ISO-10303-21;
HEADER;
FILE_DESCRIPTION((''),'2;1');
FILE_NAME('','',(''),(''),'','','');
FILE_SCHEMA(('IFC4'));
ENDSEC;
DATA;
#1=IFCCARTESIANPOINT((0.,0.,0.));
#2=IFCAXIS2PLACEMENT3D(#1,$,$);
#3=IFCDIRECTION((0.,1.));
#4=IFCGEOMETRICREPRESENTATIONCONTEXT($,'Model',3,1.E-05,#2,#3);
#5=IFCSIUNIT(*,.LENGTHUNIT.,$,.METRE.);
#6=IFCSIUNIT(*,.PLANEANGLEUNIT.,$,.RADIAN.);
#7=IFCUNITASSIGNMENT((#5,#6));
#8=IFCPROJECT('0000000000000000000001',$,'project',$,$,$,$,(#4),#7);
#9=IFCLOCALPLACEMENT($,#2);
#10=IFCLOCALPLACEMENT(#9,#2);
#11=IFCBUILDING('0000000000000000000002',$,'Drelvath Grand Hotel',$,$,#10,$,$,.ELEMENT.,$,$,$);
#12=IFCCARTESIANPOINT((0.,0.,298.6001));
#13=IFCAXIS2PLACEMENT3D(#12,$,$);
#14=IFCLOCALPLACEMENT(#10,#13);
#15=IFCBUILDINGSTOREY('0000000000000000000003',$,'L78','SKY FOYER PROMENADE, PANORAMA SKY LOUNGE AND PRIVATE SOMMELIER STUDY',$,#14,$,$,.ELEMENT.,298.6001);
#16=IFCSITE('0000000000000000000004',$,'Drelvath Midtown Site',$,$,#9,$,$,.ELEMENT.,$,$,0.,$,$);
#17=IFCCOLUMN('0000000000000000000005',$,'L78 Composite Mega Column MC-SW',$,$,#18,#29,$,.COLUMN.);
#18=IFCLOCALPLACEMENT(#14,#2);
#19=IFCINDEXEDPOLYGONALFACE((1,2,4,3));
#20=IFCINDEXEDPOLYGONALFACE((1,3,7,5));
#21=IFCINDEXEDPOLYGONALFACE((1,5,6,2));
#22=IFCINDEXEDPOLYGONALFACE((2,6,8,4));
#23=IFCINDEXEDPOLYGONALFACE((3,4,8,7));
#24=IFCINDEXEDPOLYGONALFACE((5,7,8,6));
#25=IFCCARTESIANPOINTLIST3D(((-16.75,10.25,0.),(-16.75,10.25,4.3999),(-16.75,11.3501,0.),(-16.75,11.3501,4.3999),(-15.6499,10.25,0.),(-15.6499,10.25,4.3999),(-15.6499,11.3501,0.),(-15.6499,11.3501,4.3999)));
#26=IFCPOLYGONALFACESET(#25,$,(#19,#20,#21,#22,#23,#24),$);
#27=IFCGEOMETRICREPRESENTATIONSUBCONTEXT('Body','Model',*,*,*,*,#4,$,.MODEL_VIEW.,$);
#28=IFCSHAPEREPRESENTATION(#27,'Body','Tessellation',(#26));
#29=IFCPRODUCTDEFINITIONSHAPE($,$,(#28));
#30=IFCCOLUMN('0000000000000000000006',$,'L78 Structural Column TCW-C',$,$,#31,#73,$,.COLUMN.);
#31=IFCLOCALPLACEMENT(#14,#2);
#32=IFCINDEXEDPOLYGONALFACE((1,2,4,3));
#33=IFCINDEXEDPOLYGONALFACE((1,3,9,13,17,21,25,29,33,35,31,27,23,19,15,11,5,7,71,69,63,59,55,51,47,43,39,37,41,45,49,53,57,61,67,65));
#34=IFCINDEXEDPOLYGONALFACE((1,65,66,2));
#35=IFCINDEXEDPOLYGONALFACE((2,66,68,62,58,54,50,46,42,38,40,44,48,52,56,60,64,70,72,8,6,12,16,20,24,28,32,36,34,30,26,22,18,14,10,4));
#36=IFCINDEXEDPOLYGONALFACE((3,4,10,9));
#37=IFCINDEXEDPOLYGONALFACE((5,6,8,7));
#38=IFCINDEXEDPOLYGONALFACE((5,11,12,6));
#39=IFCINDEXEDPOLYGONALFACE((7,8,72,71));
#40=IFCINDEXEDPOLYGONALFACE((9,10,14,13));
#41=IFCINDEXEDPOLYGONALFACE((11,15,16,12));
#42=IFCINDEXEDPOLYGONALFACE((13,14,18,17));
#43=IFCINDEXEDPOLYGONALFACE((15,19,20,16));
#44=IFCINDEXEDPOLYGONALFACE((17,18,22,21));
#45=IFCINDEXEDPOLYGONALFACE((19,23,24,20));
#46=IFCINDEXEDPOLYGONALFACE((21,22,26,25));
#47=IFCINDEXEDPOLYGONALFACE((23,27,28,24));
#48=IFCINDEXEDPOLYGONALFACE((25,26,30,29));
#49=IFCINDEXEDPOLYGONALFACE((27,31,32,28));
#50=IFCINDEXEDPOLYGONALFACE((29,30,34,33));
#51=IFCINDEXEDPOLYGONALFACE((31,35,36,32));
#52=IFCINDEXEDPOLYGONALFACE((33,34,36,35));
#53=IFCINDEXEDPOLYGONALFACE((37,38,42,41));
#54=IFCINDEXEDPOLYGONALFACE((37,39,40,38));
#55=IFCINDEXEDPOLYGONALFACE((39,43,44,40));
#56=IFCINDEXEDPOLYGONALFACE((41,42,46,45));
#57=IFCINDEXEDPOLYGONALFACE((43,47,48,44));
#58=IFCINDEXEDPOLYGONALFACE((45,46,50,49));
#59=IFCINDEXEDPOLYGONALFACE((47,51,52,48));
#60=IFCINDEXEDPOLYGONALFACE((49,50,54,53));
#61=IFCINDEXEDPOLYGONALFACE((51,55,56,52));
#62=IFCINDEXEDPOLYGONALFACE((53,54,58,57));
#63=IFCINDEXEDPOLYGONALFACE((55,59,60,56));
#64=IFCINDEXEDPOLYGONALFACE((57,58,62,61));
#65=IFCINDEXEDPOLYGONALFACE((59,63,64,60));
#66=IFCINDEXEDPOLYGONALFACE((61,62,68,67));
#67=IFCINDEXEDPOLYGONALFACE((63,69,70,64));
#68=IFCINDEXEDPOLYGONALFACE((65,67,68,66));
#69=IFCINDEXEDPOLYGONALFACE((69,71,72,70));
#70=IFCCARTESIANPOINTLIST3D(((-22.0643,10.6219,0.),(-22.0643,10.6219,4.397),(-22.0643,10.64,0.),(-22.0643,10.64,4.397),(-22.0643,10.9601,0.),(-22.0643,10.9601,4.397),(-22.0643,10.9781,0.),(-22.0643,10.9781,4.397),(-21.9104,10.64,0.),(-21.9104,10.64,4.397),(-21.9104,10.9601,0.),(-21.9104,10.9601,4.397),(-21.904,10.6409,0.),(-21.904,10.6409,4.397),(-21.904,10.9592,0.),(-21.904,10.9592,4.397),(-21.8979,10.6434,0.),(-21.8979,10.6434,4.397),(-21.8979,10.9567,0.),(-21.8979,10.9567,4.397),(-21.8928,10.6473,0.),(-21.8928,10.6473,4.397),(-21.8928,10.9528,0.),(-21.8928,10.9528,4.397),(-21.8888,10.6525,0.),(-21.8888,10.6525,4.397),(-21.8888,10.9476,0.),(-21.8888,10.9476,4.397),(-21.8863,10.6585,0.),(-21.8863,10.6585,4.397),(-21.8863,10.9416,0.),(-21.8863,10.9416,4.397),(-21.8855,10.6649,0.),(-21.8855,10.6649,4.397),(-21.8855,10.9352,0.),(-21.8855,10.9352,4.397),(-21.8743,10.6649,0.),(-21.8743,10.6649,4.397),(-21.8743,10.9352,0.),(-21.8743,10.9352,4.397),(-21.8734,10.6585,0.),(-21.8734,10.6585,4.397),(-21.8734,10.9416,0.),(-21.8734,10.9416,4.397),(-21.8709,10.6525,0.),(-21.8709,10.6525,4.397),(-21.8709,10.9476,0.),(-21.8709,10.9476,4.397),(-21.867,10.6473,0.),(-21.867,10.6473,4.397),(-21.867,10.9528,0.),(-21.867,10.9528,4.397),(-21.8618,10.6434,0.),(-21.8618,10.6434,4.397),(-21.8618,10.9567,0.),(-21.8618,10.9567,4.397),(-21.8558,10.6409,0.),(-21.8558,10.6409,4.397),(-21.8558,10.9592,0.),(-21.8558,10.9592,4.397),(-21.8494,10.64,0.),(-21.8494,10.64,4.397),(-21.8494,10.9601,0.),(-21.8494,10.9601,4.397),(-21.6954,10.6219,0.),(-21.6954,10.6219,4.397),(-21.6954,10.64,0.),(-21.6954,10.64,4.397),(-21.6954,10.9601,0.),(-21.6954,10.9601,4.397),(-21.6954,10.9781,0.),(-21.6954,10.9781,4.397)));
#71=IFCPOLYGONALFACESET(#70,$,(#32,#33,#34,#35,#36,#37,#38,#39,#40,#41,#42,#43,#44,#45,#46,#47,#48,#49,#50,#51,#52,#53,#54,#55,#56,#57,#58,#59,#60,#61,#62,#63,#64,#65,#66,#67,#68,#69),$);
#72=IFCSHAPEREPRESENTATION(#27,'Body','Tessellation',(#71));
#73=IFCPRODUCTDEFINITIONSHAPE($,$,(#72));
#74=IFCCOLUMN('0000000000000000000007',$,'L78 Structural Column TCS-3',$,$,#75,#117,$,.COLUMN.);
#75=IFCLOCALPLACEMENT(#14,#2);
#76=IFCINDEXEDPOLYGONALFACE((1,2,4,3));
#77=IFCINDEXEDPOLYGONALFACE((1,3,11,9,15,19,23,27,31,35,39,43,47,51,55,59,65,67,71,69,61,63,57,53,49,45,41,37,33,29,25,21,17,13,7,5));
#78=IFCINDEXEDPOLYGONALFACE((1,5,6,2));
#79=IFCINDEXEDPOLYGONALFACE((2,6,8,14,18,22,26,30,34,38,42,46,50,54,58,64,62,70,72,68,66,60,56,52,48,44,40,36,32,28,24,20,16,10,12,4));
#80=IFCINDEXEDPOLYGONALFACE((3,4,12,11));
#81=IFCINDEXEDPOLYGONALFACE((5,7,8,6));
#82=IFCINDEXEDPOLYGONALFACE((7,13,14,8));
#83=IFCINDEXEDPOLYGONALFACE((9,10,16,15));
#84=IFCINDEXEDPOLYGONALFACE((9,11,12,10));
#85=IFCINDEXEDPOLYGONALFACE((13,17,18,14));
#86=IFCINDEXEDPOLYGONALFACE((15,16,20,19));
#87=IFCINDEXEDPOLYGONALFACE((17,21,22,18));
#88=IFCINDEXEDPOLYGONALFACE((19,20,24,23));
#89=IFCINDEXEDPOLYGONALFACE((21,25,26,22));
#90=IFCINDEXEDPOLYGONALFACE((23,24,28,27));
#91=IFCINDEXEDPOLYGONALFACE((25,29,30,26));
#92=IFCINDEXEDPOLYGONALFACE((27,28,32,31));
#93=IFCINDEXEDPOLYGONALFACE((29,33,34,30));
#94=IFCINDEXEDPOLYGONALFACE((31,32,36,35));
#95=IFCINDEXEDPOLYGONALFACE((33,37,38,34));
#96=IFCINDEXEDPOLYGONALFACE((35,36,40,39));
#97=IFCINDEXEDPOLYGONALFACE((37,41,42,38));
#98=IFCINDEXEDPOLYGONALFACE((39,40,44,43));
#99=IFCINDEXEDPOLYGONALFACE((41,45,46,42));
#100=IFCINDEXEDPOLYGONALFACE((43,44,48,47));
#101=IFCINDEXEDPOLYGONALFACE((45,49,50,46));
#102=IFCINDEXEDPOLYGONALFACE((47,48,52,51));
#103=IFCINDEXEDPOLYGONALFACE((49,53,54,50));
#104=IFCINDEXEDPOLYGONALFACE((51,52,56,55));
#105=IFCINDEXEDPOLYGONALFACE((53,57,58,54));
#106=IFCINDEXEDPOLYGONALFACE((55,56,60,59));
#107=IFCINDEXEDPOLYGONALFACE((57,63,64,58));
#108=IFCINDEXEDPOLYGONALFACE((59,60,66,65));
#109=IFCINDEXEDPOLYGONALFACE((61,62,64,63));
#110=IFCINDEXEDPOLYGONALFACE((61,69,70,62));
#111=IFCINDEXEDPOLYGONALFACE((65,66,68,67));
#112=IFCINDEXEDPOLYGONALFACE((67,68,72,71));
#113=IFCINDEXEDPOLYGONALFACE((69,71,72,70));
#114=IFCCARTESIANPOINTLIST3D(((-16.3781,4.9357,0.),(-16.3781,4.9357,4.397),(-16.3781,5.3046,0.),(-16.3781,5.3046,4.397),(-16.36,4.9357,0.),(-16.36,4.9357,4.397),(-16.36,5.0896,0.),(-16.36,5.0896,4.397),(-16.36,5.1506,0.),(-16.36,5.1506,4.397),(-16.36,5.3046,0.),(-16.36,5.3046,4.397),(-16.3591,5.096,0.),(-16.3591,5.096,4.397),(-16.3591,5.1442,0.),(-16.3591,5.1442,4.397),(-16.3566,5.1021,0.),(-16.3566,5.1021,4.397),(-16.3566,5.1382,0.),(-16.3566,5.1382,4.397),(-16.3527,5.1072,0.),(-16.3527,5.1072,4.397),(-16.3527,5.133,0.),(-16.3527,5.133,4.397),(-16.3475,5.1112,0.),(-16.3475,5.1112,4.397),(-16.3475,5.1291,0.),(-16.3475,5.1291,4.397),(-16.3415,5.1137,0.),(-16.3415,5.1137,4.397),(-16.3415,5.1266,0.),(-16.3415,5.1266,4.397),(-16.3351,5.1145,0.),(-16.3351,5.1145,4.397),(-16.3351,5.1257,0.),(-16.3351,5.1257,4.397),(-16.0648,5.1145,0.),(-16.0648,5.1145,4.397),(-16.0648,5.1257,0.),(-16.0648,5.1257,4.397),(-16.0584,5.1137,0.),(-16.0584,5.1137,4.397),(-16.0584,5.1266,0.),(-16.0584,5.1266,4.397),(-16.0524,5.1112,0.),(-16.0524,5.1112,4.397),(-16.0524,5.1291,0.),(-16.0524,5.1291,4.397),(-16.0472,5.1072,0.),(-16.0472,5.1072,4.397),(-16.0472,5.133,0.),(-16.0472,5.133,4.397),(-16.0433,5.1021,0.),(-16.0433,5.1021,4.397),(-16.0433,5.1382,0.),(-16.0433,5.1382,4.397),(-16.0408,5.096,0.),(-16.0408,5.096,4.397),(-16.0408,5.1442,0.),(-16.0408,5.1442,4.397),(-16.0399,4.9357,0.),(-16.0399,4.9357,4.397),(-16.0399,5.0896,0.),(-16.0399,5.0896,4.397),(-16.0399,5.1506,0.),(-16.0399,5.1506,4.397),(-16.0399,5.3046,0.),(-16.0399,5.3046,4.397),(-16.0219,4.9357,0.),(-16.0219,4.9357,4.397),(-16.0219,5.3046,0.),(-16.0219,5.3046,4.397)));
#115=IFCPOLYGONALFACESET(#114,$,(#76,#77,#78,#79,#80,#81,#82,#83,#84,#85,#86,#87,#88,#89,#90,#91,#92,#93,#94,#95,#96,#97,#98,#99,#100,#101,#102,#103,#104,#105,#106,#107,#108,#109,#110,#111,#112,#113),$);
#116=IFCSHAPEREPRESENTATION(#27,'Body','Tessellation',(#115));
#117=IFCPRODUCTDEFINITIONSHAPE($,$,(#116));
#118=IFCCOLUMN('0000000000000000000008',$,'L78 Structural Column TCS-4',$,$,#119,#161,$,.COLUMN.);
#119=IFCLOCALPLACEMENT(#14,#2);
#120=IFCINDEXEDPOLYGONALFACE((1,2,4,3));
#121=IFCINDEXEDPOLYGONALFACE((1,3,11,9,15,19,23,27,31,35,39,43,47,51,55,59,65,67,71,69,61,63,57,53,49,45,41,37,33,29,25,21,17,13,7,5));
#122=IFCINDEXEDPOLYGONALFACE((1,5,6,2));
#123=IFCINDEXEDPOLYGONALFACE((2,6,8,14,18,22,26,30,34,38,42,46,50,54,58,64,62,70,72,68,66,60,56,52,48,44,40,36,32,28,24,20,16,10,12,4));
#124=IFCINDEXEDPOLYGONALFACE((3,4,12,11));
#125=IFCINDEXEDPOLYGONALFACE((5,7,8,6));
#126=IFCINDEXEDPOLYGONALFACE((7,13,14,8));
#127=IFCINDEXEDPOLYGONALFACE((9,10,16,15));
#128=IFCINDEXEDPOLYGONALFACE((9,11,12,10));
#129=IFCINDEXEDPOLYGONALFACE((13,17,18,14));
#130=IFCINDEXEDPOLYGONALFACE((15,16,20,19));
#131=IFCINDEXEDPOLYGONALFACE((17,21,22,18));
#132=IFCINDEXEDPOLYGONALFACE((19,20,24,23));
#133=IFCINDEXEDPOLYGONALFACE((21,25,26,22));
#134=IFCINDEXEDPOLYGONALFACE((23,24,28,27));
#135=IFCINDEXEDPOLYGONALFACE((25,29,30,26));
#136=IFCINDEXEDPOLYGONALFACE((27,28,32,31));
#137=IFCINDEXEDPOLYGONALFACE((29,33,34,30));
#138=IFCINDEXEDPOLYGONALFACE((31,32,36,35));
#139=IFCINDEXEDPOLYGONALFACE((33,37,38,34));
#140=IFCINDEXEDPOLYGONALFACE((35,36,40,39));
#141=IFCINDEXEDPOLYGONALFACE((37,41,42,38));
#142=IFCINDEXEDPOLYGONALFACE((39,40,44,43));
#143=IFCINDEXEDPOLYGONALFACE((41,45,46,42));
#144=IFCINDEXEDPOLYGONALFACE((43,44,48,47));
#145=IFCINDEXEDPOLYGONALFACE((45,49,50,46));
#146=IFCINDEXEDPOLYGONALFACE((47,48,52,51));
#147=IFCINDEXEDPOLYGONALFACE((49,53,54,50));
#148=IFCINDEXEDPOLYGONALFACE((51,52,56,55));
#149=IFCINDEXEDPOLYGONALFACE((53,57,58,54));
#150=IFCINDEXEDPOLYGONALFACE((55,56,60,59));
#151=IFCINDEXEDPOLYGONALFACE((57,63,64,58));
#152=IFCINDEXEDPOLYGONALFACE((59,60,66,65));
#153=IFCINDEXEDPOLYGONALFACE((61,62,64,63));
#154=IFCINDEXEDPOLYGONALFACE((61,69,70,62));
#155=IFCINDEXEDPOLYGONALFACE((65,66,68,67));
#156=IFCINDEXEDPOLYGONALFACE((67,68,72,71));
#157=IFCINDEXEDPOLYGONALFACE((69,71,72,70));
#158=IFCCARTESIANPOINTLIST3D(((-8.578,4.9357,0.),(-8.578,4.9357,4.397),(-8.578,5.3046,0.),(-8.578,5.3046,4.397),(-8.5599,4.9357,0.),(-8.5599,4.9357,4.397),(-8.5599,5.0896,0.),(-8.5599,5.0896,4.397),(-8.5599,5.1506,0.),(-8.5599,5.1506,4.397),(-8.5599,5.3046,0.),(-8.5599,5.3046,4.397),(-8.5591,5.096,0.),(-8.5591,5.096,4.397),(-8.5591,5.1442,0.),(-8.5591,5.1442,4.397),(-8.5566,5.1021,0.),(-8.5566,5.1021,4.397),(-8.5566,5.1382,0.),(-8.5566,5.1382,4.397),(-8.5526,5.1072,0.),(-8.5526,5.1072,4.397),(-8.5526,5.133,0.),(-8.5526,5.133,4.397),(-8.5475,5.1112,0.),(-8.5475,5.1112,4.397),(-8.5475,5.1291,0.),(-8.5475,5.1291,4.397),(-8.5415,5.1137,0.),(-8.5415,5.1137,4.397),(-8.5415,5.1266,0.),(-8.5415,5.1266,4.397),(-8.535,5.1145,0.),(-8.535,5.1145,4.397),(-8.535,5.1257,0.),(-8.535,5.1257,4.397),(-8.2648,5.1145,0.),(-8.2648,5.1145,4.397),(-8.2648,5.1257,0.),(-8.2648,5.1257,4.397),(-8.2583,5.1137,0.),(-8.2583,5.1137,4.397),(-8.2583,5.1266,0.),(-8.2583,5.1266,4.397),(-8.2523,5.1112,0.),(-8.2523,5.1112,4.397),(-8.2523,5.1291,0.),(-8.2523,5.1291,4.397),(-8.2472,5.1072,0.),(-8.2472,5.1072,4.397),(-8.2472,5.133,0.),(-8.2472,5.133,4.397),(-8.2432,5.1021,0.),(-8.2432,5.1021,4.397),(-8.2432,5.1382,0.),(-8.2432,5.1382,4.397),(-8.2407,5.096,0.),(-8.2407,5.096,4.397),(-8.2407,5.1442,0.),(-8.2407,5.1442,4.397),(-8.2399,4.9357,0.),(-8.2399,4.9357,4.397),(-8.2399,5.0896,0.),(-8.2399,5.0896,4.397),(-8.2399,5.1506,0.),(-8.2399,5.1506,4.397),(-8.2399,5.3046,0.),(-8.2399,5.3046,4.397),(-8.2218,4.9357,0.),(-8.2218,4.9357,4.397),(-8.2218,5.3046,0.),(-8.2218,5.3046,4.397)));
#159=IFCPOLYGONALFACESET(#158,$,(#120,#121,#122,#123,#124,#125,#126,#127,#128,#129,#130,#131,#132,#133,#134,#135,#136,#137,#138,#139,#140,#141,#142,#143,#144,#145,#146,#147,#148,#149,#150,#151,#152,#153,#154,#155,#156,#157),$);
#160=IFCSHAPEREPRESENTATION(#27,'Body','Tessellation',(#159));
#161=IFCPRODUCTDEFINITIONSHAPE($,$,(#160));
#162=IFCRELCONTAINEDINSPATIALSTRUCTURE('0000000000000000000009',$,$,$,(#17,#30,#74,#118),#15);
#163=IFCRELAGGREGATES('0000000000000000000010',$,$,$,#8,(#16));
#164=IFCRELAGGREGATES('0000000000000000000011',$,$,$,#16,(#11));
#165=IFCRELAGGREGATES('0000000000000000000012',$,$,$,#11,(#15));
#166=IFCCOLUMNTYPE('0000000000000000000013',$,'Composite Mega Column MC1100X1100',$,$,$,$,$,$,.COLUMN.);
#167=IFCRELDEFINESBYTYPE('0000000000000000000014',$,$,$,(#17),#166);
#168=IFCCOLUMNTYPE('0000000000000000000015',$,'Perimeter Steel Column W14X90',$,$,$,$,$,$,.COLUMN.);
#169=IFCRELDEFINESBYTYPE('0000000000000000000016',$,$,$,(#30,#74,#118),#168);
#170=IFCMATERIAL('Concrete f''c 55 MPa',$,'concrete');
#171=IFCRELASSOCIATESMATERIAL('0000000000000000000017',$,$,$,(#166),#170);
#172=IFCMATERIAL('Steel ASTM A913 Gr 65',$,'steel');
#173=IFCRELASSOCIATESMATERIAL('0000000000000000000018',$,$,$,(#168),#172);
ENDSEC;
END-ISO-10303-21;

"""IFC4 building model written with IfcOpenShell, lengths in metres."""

from ifc_helpers import new_model, si_unit, direction, frame, origin, origin_2d, place, context, subcontext, project, spatial, rectangle, i_section, extrude, material, material_profile, profile_set, type_object, element, save


model = new_model("IFC4")

# Units and contexts
model_context = context("Model", 3, precision=1e-05, world=origin(), true_north=direction((0.0, 1.0)))
body_context = subcontext(model_context, "Body", "Model", "MODEL_VIEW")
ifc_project = project(units=[si_unit("LENGTHUNIT", "METRE"), si_unit("PLANEANGLEUNIT", "RADIAN")], contexts=[model_context])

# Site, building, storey
site_placement = place(None, origin())
site = spatial("IfcSite", under=ifc_project, at=site_placement, Name="Drelvath Midtown Site", CompositionType="ELEMENT", RefElevation=0.0)
building_placement = place(site_placement, origin())
building = spatial("IfcBuilding", under=site, at=building_placement, Name="Drelvath Grand Hotel", CompositionType="ELEMENT")
storey_placement = place(building_placement, frame((0.0, 0.0, 298.6001)))
storey = spatial("IfcBuildingStorey", under=building, at=storey_placement, Name="L78", Description="SKY FOYER PROMENADE, PANORAMA SKY LOUNGE AND PRIVATE SOMMELIER STUDY", CompositionType="ELEMENT", Elevation=298.6001)

# Columns
ifc_material_1 = material(Name="Concrete f'c 55 MPa", Category="concrete")
ifc_material_profile_1 = material_profile(ifc_material_1, rectangle(XDim=1.1001, YDim=1.1001, at=origin_2d()), Name="MC1100X1100")
ifc_profile_set_1 = profile_set([ifc_material_profile_1], Name="Concrete f'c 55 MPa")
column_type_1 = type_object("IfcColumnType", Name="Composite Mega Column MC1100X1100", PredefinedType="COLUMN", material=ifc_profile_set_1)
column_placement = place(storey_placement, frame((-16.2, 10.8, 0.0), z_axis=(0.0, 0.0, 1.0), x_axis=(1.0, 0.0, 0.0)))
element("IfcColumn", 1, at=column_placement, inside=storey, type_object=column_type_1, Name="L78 Composite Mega Column MC-SW", PredefinedType="COLUMN", context=body_context, shape_type="SweptSolid", body=[
    extrude(rectangle(XDim=1.1001, YDim=1.1001, at=origin_2d()), origin(), (0.0, 0.0, 1.0), 4.3999),
])
ifc_material_2 = material(Name="Steel ASTM A913 Gr 65", Category="steel")
ifc_material_profile_2 = material_profile(ifc_material_2, i_section(OverallWidth=0.3689, OverallDepth=0.3562, WebThickness=0.0112, FlangeThickness=0.0181, FilletRadius=0.0249, at=origin_2d()), Name="W14X90")
ifc_profile_set_2 = profile_set([ifc_material_profile_2], Name="Steel ASTM A913 Gr 65")
column_type_2 = type_object("IfcColumnType", Name="Perimeter Steel Column W14X90", PredefinedType="COLUMN", material=ifc_profile_set_2)
for number, where, z_axis, x_axis, name in (
    (2, (-21.8799, 10.8, 0.0), (0.0, 0.0, 1.0), (1.0, 0.0, 0.0), "L78 Structural Column TCW-C"),
    (3, (-16.2, 5.1201, 0.0), (0.0, 0.0, 1.0), (0.0, 1.0, 0.0), "L78 Structural Column TCS-3"),
    (4, (-8.3999, 5.1201, 0.0), (0.0, 0.0, 1.0), (0.0, 1.0, 0.0), "L78 Structural Column TCS-4"),
):
    element("IfcColumn", number, at=place(storey_placement, frame(where, z_axis=z_axis, x_axis=x_axis)), inside=storey, type_object=column_type_2, Name=name, PredefinedType="COLUMN", context=body_context, shape_type="SweptSolid", body=[
        extrude(i_section(OverallWidth=0.3689, OverallDepth=0.3562, WebThickness=0.0112, FlangeThickness=0.0181, FilletRadius=0.0249, at=origin_2d()), origin(), (0.0, 0.0, 1.0), 4.397),
    ])

save(model, "model.ifc")
